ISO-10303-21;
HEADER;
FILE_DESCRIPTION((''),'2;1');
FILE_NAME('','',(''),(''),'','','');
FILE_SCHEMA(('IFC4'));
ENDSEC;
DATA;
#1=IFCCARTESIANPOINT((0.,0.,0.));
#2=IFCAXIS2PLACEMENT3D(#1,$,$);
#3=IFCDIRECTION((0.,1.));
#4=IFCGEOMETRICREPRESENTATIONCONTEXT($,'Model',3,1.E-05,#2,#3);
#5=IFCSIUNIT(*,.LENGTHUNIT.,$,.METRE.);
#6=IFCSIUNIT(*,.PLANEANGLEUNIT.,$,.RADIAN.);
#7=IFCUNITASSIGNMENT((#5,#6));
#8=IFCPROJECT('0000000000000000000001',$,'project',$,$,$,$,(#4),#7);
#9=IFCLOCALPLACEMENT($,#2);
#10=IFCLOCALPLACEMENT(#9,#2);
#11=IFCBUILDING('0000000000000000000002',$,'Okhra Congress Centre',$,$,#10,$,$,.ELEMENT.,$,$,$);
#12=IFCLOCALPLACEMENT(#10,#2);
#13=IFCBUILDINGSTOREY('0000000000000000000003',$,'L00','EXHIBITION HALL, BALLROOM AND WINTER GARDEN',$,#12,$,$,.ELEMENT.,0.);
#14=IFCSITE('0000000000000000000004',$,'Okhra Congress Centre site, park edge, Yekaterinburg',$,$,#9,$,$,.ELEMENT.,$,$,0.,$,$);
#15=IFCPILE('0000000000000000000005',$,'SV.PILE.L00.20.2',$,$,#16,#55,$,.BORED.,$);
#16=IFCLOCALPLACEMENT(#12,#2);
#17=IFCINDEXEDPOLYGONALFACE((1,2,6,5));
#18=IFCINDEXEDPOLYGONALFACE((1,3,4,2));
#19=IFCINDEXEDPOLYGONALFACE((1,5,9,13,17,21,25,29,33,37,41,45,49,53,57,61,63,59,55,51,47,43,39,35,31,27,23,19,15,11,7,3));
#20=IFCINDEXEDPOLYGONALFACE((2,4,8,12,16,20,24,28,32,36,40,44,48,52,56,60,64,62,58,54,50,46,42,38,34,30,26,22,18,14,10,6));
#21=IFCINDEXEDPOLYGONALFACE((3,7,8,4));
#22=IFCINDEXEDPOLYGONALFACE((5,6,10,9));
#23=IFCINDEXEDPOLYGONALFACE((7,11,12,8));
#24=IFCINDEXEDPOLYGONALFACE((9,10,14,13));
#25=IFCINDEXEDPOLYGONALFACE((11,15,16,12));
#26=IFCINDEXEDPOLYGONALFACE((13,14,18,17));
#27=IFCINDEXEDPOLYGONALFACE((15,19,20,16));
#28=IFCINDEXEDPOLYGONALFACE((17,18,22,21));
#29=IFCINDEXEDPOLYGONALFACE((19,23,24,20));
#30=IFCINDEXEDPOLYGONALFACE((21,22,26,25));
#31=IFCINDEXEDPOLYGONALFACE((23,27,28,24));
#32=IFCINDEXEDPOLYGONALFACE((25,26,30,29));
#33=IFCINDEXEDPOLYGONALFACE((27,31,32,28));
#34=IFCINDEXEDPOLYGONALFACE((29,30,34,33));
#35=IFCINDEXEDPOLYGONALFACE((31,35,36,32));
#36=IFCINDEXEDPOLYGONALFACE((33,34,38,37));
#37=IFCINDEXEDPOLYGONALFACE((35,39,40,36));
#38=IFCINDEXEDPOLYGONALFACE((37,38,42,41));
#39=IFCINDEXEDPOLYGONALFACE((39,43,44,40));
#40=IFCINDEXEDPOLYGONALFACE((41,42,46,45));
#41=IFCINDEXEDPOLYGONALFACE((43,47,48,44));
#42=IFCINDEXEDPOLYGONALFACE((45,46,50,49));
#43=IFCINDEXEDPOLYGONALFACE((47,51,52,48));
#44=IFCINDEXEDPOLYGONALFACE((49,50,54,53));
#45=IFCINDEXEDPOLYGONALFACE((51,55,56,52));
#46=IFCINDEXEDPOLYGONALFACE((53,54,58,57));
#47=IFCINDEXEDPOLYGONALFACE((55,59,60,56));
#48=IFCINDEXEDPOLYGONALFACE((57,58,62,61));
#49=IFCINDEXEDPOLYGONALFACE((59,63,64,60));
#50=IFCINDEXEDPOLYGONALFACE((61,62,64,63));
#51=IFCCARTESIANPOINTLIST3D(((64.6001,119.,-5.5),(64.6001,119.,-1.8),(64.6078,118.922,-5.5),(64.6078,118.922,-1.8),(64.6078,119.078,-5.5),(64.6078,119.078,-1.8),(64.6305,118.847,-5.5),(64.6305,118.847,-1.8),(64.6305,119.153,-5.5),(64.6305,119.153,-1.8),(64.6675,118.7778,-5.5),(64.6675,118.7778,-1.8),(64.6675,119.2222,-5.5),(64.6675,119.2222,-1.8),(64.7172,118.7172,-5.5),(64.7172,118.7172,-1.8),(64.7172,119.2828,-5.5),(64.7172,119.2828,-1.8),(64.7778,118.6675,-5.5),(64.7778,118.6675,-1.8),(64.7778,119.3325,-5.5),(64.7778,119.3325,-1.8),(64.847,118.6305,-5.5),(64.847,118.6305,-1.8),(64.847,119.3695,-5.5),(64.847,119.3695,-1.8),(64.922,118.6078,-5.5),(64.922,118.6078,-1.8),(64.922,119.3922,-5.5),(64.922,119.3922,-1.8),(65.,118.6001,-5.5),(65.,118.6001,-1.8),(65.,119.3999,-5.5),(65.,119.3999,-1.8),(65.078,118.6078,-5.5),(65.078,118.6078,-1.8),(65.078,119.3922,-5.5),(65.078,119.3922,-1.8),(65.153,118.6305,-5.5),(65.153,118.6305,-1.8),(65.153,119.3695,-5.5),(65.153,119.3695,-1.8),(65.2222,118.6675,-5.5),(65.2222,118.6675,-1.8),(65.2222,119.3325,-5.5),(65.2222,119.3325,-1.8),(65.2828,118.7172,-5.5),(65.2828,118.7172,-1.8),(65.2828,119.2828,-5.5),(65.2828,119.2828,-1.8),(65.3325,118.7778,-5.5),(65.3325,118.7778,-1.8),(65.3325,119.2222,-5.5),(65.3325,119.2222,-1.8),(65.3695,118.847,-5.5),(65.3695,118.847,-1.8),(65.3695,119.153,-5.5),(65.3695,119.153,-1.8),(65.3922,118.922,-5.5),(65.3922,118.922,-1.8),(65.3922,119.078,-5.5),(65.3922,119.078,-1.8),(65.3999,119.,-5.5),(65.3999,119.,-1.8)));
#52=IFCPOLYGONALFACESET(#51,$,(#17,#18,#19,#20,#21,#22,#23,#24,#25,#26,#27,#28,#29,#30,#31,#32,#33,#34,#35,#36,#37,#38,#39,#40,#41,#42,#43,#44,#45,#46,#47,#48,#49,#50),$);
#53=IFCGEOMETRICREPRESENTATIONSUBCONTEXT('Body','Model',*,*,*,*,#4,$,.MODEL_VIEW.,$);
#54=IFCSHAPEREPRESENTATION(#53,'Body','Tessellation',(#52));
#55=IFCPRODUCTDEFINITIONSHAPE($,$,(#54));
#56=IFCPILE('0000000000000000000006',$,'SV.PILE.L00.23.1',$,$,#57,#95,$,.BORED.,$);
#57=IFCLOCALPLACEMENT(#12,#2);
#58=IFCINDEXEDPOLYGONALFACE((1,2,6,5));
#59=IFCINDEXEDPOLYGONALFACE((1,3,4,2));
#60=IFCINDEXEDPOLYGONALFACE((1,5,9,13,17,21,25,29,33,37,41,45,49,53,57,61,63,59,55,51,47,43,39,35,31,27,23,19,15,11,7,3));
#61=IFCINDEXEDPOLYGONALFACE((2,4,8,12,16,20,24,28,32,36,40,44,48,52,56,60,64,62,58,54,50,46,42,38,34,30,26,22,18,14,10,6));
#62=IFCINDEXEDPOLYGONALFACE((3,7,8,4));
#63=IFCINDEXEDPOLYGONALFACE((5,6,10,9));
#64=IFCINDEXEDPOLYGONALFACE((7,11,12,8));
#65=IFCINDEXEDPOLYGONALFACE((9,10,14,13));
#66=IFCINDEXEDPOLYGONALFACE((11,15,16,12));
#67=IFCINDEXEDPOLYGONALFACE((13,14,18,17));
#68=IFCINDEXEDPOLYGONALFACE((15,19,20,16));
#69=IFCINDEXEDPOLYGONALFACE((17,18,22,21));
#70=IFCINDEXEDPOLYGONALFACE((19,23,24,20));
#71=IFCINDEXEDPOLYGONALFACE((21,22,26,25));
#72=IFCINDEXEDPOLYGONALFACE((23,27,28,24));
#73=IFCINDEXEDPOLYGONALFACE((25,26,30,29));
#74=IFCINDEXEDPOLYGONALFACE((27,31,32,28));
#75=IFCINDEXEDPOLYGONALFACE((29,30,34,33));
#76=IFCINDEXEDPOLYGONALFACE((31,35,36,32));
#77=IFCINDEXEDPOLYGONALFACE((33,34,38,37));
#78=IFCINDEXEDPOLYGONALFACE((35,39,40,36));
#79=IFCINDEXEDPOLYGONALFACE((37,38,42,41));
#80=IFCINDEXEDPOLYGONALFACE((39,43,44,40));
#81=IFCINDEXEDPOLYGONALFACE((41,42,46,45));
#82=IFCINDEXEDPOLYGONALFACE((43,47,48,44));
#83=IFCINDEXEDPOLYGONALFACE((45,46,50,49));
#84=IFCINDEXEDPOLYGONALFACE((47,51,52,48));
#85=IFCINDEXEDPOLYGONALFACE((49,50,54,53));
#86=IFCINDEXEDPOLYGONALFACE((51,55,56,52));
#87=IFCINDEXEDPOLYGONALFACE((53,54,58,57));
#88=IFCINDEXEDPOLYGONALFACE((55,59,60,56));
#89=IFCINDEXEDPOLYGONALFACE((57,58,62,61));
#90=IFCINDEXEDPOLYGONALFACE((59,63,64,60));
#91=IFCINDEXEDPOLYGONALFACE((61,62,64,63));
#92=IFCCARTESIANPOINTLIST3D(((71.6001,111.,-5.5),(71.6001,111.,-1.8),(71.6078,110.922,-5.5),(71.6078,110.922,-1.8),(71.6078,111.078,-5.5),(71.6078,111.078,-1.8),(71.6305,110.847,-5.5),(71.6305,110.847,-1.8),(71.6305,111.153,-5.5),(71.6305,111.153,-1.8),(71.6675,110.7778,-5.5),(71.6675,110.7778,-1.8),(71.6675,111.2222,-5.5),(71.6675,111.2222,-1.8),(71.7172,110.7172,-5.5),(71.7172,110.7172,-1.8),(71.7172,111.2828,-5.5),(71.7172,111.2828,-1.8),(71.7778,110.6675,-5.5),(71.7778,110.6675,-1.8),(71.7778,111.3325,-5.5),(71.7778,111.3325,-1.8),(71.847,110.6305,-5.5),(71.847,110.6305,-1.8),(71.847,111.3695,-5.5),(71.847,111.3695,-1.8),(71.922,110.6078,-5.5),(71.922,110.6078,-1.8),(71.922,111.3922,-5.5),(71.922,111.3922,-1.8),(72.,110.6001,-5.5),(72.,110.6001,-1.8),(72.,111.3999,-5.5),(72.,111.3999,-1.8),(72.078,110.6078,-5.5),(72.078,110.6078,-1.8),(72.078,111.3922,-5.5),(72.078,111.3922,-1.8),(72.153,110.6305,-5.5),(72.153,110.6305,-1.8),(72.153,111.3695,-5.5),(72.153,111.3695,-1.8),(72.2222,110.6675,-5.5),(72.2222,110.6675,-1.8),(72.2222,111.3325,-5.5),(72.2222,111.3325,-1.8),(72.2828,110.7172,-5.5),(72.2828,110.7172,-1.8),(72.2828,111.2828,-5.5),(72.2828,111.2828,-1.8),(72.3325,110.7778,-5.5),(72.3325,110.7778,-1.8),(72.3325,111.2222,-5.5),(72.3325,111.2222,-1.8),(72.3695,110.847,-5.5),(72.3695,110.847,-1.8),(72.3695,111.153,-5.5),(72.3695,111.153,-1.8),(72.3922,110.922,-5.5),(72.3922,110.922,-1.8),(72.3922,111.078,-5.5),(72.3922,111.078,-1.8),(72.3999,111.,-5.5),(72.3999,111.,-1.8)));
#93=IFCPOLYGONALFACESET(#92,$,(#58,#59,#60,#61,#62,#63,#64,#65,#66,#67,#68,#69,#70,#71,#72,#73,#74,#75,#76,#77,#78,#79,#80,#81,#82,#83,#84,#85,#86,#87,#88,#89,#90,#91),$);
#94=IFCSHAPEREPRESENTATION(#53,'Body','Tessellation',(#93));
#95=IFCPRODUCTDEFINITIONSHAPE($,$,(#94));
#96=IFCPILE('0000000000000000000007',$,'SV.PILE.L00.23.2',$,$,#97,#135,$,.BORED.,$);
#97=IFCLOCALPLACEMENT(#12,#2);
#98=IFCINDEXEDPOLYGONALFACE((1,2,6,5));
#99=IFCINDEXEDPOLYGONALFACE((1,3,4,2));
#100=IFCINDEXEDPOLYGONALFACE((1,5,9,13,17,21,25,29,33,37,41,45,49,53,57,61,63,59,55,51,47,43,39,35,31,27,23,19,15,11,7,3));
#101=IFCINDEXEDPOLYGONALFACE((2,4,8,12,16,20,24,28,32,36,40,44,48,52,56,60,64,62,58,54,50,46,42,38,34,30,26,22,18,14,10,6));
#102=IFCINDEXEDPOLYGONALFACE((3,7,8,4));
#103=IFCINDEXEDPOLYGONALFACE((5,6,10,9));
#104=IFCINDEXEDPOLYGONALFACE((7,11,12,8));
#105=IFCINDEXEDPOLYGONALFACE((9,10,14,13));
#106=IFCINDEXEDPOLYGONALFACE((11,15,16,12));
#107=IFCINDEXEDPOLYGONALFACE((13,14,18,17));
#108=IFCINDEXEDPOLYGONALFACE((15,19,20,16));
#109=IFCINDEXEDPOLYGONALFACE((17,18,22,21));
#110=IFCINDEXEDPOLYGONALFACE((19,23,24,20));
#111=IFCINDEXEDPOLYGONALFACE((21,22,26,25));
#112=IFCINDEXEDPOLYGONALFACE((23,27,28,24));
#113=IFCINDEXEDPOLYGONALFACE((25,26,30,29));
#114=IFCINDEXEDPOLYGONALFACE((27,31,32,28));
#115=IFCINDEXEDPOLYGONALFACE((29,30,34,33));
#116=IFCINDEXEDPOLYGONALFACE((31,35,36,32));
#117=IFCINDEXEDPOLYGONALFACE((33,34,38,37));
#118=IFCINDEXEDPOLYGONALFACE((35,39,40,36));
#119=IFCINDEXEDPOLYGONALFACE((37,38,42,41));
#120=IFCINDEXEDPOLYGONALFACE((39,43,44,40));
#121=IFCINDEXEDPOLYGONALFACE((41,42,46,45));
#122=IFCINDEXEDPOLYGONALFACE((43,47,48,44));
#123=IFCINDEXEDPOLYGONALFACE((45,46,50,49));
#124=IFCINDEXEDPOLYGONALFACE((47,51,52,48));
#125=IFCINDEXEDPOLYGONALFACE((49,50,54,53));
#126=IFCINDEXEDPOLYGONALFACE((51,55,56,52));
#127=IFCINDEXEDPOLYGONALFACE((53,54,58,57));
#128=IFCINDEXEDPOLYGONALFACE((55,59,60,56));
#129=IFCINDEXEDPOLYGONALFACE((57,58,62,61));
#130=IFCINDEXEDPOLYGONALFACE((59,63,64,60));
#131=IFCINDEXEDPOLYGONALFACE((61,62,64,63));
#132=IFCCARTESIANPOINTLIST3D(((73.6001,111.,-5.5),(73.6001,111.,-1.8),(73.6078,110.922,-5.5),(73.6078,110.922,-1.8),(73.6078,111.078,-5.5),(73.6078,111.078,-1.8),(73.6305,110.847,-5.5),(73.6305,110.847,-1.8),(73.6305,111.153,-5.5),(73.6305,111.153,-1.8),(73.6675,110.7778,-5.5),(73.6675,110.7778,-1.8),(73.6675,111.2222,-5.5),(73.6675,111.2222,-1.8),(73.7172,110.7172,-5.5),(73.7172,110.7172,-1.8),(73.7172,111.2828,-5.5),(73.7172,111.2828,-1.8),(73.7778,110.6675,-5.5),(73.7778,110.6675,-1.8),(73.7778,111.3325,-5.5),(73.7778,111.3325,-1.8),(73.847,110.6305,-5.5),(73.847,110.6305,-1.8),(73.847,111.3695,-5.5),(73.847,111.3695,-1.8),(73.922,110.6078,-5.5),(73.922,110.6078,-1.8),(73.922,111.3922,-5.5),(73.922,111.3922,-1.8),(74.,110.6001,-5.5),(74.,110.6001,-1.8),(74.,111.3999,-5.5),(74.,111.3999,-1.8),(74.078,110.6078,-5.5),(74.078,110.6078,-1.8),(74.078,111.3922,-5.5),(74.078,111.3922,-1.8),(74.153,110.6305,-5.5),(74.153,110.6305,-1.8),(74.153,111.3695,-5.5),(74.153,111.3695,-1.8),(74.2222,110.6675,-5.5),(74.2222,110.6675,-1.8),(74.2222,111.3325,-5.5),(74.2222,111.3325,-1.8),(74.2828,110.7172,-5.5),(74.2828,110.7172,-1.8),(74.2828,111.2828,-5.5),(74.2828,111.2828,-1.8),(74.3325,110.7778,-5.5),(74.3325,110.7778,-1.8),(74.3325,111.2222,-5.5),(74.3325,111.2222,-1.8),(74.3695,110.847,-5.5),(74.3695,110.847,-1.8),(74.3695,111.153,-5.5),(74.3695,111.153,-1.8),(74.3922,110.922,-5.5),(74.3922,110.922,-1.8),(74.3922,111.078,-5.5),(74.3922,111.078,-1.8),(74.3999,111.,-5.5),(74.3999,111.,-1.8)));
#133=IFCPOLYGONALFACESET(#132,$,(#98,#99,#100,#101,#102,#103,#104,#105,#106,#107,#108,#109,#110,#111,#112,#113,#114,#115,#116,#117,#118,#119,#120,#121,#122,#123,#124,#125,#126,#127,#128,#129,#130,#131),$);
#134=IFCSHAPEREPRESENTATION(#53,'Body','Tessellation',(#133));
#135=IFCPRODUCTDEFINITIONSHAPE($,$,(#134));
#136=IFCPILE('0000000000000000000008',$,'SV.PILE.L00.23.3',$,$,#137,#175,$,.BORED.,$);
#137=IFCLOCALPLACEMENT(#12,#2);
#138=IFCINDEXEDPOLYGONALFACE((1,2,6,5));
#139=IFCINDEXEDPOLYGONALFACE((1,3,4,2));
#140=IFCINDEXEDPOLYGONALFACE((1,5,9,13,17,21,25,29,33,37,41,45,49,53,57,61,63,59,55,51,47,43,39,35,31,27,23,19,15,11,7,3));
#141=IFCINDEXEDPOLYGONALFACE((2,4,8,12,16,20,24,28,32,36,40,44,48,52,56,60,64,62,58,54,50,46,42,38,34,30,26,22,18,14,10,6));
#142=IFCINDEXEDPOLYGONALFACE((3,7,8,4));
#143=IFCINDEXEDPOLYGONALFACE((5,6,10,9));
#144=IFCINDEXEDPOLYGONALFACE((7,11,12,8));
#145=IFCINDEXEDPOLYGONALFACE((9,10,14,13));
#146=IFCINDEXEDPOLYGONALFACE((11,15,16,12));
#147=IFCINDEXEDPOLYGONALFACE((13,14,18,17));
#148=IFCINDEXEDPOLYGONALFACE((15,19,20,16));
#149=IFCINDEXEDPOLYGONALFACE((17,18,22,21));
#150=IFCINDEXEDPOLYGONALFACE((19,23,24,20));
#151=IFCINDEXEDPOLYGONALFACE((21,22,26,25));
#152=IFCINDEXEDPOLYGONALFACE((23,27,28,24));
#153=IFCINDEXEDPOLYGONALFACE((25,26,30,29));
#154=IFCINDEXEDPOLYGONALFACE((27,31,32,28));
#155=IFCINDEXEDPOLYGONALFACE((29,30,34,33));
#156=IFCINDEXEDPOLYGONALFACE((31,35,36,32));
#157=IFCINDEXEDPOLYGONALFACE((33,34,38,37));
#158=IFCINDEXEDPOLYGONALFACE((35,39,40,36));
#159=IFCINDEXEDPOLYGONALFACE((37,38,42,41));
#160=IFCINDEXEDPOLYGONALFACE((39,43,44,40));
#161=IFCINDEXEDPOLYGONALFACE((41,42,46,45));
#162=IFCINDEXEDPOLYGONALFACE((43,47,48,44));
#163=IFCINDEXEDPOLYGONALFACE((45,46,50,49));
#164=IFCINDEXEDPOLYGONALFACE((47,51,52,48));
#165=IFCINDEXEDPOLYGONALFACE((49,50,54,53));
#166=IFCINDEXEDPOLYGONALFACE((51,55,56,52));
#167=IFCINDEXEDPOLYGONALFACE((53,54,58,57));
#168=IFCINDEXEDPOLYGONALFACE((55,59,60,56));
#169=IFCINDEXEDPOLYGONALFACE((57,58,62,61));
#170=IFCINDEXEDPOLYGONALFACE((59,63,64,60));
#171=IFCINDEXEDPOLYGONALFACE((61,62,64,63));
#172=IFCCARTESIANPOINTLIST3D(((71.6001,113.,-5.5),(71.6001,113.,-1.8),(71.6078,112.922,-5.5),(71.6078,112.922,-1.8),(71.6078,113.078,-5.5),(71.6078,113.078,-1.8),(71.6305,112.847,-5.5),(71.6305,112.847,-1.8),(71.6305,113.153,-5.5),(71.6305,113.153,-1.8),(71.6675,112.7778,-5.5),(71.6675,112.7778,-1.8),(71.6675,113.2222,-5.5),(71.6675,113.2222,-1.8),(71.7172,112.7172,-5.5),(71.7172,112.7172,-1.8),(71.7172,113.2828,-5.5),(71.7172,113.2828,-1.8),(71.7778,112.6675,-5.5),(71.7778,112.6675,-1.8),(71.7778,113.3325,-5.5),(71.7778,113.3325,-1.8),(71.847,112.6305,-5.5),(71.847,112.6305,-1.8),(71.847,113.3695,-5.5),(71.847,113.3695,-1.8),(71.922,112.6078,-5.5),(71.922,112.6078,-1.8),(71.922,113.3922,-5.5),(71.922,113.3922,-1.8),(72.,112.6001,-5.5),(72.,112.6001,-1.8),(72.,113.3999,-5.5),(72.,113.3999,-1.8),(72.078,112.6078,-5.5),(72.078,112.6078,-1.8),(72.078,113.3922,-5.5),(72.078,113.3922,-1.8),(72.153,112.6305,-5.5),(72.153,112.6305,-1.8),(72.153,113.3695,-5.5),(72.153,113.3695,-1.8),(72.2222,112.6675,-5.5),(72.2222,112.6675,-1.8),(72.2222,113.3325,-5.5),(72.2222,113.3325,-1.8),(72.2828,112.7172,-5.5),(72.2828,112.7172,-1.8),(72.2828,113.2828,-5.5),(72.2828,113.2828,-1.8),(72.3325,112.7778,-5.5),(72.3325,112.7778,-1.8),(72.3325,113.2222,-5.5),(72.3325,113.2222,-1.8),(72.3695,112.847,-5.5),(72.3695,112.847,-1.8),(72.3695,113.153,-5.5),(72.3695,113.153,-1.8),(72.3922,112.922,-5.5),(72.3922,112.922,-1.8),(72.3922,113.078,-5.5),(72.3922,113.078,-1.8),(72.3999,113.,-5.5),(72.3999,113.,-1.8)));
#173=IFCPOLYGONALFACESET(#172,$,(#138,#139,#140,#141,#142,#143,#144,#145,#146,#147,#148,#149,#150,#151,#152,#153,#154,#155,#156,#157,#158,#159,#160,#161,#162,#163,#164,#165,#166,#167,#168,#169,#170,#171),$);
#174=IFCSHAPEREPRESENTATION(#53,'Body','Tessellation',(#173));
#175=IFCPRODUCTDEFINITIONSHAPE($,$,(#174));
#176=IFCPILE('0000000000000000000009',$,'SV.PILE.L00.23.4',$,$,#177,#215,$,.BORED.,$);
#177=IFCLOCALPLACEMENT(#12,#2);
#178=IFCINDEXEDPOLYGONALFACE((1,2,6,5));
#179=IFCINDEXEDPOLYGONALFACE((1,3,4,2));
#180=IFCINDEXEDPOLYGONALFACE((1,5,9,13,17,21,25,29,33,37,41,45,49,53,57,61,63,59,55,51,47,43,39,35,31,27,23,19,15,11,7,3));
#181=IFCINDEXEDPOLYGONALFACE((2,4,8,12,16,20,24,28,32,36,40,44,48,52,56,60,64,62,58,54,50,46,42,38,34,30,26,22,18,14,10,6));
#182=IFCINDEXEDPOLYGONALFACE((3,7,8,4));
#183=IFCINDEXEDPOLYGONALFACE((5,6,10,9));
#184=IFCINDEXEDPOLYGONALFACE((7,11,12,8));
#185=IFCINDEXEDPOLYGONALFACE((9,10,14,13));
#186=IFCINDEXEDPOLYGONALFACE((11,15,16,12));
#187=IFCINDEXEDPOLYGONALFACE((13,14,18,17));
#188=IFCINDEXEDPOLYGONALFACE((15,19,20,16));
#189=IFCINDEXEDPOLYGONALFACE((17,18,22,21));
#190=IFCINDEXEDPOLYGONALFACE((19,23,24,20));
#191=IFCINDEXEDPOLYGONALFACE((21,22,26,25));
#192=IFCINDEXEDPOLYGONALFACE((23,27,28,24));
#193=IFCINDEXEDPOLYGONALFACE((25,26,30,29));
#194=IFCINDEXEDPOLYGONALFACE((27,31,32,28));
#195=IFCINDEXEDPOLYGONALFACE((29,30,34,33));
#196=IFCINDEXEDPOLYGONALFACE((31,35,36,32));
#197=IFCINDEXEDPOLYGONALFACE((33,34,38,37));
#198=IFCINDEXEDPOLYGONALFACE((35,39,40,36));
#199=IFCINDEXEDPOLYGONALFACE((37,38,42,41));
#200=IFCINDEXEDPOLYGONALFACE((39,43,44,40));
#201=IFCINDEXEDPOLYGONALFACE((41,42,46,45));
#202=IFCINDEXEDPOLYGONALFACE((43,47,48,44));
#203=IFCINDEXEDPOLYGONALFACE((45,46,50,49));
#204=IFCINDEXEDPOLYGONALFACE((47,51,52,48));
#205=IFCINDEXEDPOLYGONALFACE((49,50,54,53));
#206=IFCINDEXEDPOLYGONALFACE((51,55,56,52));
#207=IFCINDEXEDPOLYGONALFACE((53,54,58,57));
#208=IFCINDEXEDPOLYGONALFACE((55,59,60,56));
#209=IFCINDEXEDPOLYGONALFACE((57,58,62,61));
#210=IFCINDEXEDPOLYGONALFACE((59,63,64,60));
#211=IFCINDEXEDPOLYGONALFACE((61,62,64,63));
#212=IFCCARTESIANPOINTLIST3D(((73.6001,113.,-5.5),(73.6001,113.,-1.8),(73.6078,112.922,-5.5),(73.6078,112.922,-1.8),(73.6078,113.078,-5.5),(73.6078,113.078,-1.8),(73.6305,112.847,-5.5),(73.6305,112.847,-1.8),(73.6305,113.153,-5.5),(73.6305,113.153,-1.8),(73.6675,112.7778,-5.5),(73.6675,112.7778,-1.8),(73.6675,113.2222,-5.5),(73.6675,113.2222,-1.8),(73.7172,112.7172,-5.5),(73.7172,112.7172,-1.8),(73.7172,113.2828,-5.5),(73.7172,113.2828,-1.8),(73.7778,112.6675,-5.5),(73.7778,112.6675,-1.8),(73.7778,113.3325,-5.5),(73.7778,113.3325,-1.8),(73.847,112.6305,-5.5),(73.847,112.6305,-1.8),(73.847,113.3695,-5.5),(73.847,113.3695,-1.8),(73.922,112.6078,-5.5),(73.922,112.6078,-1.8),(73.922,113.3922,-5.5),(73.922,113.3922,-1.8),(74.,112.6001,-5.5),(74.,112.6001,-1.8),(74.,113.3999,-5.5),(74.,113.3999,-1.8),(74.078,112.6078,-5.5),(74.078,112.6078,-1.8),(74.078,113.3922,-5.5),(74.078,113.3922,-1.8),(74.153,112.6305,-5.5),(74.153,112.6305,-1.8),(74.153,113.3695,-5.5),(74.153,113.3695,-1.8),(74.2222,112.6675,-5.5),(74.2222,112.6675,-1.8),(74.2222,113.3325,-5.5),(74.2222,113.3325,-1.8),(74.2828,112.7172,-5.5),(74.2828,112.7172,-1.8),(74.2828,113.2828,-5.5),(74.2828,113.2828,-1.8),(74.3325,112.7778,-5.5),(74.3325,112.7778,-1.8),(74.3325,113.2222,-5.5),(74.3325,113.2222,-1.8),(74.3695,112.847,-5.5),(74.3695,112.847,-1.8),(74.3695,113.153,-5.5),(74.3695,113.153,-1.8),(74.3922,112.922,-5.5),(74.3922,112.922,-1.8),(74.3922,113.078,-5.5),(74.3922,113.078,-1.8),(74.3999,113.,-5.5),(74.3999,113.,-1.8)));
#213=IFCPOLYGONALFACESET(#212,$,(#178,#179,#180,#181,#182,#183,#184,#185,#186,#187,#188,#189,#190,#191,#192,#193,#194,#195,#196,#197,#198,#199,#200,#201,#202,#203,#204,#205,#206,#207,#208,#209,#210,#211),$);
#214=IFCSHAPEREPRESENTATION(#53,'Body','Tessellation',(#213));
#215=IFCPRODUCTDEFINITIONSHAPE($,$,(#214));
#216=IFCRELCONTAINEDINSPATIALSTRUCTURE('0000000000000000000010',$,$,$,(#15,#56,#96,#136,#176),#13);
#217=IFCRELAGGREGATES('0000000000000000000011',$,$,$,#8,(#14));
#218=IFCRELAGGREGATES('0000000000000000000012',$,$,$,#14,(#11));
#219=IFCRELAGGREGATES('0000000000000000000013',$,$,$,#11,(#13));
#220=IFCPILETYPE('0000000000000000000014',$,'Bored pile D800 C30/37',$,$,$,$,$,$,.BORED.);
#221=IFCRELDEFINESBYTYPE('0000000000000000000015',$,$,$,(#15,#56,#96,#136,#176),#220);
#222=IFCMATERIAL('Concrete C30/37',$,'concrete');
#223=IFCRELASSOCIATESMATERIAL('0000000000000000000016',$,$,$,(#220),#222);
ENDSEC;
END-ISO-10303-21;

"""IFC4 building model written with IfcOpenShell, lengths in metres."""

from ifc_helpers import new_model, si_unit, direction, frame, origin, origin_2d, place, context, subcontext, project, spatial, circle, extrude, material, material_profile, profile_set, type_object, element, save


model = new_model("IFC4")

# Units and contexts
model_context = context("Model", 3, precision=1e-05, world=origin(), true_north=direction((0.0, 1.0)))
body_context = subcontext(model_context, "Body", "Model", "MODEL_VIEW")
ifc_project = project(units=[si_unit("LENGTHUNIT", "METRE"), si_unit("PLANEANGLEUNIT", "RADIAN")], contexts=[model_context])

# Site, building, storey
site_placement = place(None, origin())
site = spatial("IfcSite", under=ifc_project, at=site_placement, Name="Okhra Congress Centre site, park edge, Yekaterinburg", CompositionType="ELEMENT", RefElevation=0.0)
building_placement = place(site_placement, origin())
building = spatial("IfcBuilding", under=site, at=building_placement, Name="Okhra Congress Centre", CompositionType="ELEMENT")
storey_placement = place(building_placement, origin())
storey = spatial("IfcBuildingStorey", under=building, at=storey_placement, Name="L00", Description="EXHIBITION HALL, BALLROOM AND WINTER GARDEN", CompositionType="ELEMENT", Elevation=0.0)

# Piles
ifc_material_1 = material(Name="Concrete C30/37", Category="concrete")
ifc_material_profile_1 = material_profile(ifc_material_1, circle(Radius=0.3999, at=origin_2d()), Name="D800")
ifc_profile_set_1 = profile_set([ifc_material_profile_1], Name="Concrete C30/37")
pile_type = type_object("IfcPileType", Name="Bored pile D800 C30/37", PredefinedType="BORED", material=ifc_profile_set_1)
for number, where, z_axis, x_axis, name in (
    (1, (65.0, 119.0, -1.8), (0.0, 0.0, -1.0), (1.0, 0.0, 0.0), "SV.PILE.L00.20.2"),
    (2, (72.0, 111.0, -1.8), (0.0, 0.0, -1.0), (1.0, 0.0, 0.0), "SV.PILE.L00.23.1"),
    (3, (74.0, 111.0, -1.8), (0.0, 0.0, -1.0), (1.0, 0.0, 0.0), "SV.PILE.L00.23.2"),
    (4, (72.0, 113.0, -1.8), (0.0, 0.0, -1.0), (1.0, 0.0, 0.0), "SV.PILE.L00.23.3"),
    (5, (74.0, 113.0, -1.8), (0.0, 0.0, -1.0), (1.0, 0.0, 0.0), "SV.PILE.L00.23.4"),
):
    element("IfcPile", number, at=place(storey_placement, frame(where, z_axis=z_axis, x_axis=x_axis)), inside=storey, type_object=pile_type, Name=name, PredefinedType="BORED", context=body_context, shape_type="SweptSolid", body=[
        extrude(circle(Radius=0.3999, at=origin_2d()), origin(), (0.0, 0.0, 1.0), 3.7),
    ])

save(model, "model.ifc")
